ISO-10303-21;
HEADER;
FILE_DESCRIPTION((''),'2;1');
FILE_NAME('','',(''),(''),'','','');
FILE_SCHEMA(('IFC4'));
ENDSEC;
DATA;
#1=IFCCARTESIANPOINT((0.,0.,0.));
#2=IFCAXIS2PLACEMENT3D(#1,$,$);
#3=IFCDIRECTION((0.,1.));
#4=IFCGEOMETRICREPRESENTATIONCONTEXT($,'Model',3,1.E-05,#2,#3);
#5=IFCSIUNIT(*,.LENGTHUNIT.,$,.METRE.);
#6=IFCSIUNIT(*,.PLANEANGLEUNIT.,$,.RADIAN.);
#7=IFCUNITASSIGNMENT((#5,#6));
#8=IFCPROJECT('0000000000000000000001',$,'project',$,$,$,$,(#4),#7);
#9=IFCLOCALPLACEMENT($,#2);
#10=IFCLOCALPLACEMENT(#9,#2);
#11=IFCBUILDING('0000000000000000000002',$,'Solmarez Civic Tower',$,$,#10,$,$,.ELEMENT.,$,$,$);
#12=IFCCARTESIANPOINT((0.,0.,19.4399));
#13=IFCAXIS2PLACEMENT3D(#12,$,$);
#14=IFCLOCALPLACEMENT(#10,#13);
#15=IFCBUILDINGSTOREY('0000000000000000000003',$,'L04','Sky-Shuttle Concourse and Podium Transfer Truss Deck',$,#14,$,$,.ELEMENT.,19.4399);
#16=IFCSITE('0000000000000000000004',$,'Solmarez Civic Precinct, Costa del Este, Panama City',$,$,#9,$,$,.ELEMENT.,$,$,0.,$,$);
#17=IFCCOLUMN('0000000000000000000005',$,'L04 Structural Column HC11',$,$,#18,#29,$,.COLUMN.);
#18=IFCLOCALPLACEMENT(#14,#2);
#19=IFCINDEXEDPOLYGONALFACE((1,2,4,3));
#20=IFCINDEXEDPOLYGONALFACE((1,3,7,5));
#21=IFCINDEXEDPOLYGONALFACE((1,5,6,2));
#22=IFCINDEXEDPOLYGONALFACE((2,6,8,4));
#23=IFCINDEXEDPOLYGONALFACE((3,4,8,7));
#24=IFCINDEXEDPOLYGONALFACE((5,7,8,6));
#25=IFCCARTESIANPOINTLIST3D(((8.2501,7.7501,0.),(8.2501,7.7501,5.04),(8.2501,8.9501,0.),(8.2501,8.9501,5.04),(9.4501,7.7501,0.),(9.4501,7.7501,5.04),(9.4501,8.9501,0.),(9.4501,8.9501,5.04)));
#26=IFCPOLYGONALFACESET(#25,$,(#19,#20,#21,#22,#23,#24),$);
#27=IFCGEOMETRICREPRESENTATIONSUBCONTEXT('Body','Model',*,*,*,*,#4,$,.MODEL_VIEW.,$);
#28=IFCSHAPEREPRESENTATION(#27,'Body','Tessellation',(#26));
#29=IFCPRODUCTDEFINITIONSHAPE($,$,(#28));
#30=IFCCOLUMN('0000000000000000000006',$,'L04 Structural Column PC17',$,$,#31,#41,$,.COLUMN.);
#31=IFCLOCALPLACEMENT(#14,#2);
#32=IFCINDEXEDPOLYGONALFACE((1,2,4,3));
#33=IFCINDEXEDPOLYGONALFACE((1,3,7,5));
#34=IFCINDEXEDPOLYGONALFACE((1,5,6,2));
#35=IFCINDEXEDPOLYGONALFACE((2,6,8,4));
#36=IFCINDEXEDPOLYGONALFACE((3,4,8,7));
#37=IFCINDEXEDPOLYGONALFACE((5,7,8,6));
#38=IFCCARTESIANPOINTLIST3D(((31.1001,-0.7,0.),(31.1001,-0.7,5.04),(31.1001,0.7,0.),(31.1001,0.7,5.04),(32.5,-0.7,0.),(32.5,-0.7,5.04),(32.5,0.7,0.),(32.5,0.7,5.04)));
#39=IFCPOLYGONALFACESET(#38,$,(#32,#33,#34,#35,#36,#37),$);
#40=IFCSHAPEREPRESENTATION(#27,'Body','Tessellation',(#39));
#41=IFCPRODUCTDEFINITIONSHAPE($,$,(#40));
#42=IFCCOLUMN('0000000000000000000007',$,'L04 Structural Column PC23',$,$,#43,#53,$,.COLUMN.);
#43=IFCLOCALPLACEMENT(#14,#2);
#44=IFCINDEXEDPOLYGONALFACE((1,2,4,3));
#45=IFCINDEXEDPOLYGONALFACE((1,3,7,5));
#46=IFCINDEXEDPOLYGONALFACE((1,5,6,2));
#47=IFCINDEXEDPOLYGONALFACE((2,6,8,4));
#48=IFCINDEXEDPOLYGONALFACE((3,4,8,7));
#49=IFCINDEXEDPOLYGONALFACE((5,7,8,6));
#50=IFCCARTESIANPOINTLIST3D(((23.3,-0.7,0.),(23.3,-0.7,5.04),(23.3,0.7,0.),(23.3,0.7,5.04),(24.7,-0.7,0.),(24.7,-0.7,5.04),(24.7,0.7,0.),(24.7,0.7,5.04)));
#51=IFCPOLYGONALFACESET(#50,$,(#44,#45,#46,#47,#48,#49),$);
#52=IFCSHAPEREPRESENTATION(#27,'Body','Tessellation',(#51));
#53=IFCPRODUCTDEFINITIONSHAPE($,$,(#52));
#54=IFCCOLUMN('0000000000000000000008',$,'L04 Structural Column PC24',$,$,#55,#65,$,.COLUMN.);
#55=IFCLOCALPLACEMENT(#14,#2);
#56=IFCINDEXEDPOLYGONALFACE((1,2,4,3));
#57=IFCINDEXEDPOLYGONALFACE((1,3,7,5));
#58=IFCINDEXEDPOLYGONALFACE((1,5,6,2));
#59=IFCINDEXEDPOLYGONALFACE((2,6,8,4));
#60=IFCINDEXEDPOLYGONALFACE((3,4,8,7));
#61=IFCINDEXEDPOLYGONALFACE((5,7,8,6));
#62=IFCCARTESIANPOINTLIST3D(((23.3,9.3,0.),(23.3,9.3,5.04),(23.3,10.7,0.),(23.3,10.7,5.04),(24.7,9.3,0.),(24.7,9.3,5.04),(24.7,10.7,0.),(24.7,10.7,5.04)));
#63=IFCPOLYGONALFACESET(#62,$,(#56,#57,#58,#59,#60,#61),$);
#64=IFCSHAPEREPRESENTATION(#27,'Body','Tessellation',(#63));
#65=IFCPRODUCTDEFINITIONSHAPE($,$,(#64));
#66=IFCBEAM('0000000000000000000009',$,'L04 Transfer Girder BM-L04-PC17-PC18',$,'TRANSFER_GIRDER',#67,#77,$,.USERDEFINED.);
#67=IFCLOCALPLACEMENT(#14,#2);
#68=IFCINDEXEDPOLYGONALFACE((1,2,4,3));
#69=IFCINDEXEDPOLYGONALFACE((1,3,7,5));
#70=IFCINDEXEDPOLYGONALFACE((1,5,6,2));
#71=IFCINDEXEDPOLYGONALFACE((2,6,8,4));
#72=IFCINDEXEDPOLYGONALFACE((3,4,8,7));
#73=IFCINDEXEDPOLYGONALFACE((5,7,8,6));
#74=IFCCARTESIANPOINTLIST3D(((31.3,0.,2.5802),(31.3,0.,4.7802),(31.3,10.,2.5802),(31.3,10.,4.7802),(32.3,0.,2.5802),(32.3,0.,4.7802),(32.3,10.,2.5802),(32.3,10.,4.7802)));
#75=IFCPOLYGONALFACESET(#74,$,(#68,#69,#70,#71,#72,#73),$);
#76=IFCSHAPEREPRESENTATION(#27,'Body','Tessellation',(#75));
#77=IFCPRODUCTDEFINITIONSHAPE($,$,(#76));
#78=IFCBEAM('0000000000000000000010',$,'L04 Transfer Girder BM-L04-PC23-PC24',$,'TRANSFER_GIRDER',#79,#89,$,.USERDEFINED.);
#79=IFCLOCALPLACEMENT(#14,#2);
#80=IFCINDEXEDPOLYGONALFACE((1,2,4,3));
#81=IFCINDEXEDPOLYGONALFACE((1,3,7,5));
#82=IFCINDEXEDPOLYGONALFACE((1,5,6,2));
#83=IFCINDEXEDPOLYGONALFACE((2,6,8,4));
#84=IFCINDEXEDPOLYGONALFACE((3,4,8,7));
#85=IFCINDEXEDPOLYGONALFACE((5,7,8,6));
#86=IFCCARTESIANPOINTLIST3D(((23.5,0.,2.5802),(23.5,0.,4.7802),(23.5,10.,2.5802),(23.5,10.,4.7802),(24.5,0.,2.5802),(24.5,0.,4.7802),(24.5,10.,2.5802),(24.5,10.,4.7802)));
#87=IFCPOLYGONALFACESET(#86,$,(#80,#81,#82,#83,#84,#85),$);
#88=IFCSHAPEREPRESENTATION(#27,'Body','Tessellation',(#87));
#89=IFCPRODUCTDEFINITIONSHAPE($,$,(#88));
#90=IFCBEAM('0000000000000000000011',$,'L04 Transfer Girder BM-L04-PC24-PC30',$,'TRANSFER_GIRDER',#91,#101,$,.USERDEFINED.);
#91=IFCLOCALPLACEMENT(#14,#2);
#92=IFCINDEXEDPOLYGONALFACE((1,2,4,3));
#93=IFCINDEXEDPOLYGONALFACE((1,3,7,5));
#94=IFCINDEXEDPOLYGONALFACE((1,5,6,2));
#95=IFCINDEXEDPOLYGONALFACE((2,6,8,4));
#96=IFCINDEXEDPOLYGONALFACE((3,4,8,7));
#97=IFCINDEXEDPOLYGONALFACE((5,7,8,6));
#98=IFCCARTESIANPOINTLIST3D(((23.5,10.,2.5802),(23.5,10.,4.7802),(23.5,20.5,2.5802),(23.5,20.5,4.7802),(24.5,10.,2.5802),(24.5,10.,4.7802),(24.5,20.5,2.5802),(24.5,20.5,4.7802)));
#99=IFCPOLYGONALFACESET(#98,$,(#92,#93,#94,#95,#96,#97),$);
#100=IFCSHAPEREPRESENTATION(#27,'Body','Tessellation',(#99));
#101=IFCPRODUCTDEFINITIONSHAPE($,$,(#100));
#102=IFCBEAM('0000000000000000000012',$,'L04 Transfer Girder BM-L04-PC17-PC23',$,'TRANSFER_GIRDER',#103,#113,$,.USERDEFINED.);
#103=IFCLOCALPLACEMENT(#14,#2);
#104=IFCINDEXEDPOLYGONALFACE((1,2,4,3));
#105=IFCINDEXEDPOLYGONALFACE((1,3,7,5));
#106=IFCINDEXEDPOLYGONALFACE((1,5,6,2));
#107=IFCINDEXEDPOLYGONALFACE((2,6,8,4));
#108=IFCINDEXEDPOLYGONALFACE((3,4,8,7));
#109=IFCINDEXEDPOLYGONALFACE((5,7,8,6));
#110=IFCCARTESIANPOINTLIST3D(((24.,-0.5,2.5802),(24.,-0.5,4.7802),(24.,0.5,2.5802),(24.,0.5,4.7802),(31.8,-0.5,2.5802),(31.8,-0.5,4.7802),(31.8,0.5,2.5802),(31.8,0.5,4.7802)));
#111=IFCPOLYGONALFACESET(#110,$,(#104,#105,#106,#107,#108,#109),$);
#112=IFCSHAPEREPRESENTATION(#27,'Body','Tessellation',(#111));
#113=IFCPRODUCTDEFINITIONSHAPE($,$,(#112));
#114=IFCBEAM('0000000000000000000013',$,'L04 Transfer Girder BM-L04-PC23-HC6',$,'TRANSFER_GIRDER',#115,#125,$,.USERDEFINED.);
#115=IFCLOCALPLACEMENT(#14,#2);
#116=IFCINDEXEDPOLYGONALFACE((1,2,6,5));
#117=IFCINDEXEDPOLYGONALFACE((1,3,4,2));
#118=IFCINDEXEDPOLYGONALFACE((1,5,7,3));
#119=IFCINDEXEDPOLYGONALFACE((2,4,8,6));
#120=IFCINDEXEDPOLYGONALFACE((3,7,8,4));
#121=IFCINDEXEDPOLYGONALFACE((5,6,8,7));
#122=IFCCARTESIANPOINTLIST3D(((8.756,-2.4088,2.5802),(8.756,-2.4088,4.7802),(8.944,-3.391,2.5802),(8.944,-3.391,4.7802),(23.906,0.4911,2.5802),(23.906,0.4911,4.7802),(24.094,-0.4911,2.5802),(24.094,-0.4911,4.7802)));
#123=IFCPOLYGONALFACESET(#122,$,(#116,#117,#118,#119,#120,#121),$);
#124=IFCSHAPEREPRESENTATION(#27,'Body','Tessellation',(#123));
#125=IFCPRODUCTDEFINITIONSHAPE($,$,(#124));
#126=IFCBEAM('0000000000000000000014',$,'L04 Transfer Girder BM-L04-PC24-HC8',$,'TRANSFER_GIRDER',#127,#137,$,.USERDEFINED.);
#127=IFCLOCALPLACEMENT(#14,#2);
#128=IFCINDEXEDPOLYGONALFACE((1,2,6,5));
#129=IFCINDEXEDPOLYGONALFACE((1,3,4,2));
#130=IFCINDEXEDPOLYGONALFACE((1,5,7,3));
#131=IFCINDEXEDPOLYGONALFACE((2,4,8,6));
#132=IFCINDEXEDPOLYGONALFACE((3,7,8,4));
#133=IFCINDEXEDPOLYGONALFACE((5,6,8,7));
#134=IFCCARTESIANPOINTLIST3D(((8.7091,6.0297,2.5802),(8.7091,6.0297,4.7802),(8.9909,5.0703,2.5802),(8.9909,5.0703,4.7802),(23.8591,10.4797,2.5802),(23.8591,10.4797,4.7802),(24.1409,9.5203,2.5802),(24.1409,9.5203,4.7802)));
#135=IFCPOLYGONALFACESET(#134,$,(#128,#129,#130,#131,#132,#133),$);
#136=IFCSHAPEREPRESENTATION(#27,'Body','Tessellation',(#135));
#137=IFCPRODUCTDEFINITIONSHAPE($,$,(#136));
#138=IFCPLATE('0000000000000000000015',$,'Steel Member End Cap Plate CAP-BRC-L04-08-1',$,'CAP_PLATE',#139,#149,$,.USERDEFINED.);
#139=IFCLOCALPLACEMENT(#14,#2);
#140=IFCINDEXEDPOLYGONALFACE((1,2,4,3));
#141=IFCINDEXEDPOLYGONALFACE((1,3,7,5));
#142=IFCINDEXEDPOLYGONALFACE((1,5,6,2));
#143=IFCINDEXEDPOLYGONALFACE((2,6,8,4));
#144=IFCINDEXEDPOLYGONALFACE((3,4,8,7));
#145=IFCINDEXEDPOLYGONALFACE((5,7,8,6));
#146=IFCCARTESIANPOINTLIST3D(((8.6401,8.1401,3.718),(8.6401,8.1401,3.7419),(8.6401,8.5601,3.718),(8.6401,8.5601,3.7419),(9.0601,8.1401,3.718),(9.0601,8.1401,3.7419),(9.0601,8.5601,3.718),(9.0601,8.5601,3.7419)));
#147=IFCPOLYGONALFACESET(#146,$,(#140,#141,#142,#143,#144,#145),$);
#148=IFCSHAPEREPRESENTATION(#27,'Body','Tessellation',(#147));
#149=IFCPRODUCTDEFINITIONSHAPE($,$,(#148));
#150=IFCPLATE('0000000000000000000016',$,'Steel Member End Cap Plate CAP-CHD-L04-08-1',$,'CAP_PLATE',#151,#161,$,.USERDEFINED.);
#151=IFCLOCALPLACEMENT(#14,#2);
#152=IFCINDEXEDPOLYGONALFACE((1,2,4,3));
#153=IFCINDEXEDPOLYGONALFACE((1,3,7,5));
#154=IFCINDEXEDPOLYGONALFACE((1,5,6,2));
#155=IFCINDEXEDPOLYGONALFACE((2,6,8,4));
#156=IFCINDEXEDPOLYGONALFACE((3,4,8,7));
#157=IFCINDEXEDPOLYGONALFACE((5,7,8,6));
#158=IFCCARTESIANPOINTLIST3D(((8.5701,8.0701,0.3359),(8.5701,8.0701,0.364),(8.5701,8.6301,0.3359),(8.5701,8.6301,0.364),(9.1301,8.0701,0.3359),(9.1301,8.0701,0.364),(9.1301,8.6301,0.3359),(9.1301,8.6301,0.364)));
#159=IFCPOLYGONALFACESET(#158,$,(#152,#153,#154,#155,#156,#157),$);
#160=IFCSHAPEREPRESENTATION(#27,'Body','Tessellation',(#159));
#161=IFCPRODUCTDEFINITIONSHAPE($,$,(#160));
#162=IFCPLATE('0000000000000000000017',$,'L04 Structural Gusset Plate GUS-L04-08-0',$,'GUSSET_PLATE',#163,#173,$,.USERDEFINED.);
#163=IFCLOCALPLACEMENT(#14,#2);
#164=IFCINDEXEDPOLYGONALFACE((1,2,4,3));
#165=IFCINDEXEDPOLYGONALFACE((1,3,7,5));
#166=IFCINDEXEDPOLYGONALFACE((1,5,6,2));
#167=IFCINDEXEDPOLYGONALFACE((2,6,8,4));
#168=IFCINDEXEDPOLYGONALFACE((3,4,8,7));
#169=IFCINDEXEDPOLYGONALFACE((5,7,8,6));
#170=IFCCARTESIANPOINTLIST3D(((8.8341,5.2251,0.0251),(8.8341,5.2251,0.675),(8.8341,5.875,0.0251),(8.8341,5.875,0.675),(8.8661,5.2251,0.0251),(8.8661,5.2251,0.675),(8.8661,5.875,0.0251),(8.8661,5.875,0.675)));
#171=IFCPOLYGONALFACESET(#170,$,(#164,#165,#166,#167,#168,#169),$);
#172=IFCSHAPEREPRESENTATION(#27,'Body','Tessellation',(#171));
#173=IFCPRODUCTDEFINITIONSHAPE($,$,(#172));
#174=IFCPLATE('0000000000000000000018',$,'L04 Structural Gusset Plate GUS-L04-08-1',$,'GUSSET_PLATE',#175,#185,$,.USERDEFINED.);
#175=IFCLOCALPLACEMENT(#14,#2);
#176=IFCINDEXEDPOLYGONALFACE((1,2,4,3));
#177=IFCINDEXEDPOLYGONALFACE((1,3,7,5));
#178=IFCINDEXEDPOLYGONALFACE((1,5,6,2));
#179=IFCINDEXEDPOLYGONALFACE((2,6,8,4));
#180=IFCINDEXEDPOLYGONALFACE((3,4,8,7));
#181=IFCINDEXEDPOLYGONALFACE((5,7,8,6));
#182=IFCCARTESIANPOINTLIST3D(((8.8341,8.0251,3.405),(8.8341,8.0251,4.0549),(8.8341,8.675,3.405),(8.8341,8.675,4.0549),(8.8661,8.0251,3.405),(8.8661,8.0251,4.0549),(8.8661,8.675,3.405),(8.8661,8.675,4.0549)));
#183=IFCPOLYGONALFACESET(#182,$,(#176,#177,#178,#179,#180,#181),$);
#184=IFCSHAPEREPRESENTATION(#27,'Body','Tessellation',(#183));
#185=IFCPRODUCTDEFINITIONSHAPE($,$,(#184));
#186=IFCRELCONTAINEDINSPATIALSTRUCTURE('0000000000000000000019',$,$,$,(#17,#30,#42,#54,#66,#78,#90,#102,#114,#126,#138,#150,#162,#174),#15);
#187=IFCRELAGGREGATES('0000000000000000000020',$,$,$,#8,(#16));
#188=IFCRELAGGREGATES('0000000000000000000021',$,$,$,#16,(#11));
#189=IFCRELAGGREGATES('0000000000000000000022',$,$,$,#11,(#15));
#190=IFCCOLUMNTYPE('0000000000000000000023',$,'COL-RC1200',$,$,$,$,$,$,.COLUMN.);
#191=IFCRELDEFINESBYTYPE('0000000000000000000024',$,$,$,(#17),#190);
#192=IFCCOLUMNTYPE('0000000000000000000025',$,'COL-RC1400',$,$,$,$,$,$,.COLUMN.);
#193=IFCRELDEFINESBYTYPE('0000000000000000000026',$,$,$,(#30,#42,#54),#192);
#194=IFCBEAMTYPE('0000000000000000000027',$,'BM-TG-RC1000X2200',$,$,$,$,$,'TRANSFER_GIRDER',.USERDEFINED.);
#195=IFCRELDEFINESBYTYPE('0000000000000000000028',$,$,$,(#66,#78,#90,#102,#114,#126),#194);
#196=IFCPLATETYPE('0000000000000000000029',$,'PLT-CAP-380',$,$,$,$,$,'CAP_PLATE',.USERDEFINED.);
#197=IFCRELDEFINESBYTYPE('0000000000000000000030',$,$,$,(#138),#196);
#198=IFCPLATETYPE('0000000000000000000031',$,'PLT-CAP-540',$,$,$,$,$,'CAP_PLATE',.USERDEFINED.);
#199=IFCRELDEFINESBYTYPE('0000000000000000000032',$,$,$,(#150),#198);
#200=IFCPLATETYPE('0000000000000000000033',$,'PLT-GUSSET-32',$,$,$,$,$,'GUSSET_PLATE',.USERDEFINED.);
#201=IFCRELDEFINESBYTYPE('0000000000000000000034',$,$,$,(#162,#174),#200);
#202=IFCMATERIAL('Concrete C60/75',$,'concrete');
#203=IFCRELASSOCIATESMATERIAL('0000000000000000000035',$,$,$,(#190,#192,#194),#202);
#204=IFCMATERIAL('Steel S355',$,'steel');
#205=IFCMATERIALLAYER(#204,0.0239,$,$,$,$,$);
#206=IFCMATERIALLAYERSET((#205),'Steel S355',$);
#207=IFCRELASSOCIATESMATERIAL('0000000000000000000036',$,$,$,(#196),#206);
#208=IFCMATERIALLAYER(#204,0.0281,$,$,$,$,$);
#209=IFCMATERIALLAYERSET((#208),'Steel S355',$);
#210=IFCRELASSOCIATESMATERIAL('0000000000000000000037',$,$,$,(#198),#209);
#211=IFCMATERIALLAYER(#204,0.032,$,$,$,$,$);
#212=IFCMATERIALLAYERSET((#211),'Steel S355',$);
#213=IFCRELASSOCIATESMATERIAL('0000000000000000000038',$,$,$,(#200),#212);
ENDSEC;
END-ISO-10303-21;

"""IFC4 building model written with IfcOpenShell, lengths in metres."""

from ifc_helpers import new_model, si_unit, direction, frame, origin, origin_2d, place, context, subcontext, project, spatial, rectangle, extrude, material, layer, layer_set, material_profile, profile_set, type_object, element, save


model = new_model("IFC4")

# Units and contexts
model_context = context("Model", 3, precision=1e-05, world=origin(), true_north=direction((0.0, 1.0)))
body_context = subcontext(model_context, "Body", "Model", "MODEL_VIEW")
ifc_project = project(units=[si_unit("LENGTHUNIT", "METRE"), si_unit("PLANEANGLEUNIT", "RADIAN")], contexts=[model_context])

# Site, building, storey
site_placement = place(None, origin())
site = spatial("IfcSite", under=ifc_project, at=site_placement, Name="Solmarez Civic Precinct, Costa del Este, Panama City", CompositionType="ELEMENT", RefElevation=0.0)
building_placement = place(site_placement, origin())
building = spatial("IfcBuilding", under=site, at=building_placement, Name="Solmarez Civic Tower", CompositionType="ELEMENT")
storey_placement = place(building_placement, frame((0.0, 0.0, 19.4399)))
storey = spatial("IfcBuildingStorey", under=building, at=storey_placement, Name="L04", Description="Sky-Shuttle Concourse and Podium Transfer Truss Deck", CompositionType="ELEMENT", Elevation=19.4399)

# Columns
ifc_material_1 = material(Name="Concrete C60/75", Category="concrete")
ifc_material_profile_1 = material_profile(ifc_material_1, rectangle(XDim=1.2, YDim=1.2, at=origin_2d()), Name="RC1200X1200")
ifc_profile_set_1 = profile_set([ifc_material_profile_1], Name="Concrete C60/75")
column_type_1 = type_object("IfcColumnType", Name="COL-RC1200", PredefinedType="COLUMN", material=ifc_profile_set_1)
column_placement = place(storey_placement, frame((8.8501, 8.3501, 0.0), z_axis=(0.0, 0.0, 1.0), x_axis=(1.0, 0.0, 0.0)))
element("IfcColumn", 1, at=column_placement, inside=storey, type_object=column_type_1, Name="L04 Structural Column HC11", PredefinedType="COLUMN", context=body_context, shape_type="SweptSolid", body=[
    extrude(rectangle(XDim=1.2, YDim=1.2, at=origin_2d()), origin(), (0.0, 0.0, 1.0), 5.04),
])
ifc_material_profile_2 = material_profile(ifc_material_1, rectangle(XDim=1.3999, YDim=1.3999, at=origin_2d()), Name="RC1400X1400")
ifc_profile_set_2 = profile_set([ifc_material_profile_2], Name="Concrete C60/75")
column_type_2 = type_object("IfcColumnType", Name="COL-RC1400", PredefinedType="COLUMN", material=ifc_profile_set_2)
for number, where, z_axis, x_axis, name in (
    (2, (31.8, 0.0, 0.0), (0.0, 0.0, 1.0), (1.0, 0.0, 0.0), "L04 Structural Column PC17"),
    (3, (24.0, 0.0, 0.0), (0.0, 0.0, 1.0), (1.0, 0.0, 0.0), "L04 Structural Column PC23"),
    (4, (24.0, 10.0, 0.0), (0.0, 0.0, 1.0), (1.0, 0.0, 0.0), "L04 Structural Column PC24"),
):
    element("IfcColumn", number, at=place(storey_placement, frame(where, z_axis=z_axis, x_axis=x_axis)), inside=storey, type_object=column_type_2, Name=name, PredefinedType="COLUMN", context=body_context, shape_type="SweptSolid", body=[
        extrude(rectangle(XDim=1.3999, YDim=1.3999, at=origin_2d()), origin(), (0.0, 0.0, 1.0), 5.04),
    ])

# Beams
ifc_material_profile_3 = material_profile(ifc_material_1, rectangle(XDim=1.0, YDim=2.2, at=origin_2d()), Name="RC1000X2200")
ifc_profile_set_3 = profile_set([ifc_material_profile_3], Name="Concrete C60/75")
beam_type = type_object("IfcBeamType", Name="BM-TG-RC1000X2200", ElementType="TRANSFER_GIRDER", PredefinedType="USERDEFINED", material=ifc_profile_set_3)
for number, where, z_axis, x_axis, name in (
    (5, (31.8, 0.0, 3.6802), (0.0, 1.0, 0.0), (-1.0, 0.0, 0.0), "L04 Transfer Girder BM-L04-PC17-PC18"),
    (6, (24.0, 0.0, 3.6802), (0.0, 1.0, 0.0), (-1.0, 0.0, 0.0), "L04 Transfer Girder BM-L04-PC23-PC24"),
):
    element("IfcBeam", number, at=place(storey_placement, frame(where, z_axis=z_axis, x_axis=x_axis)), inside=storey, type_object=beam_type, Name=name, ObjectType="TRANSFER_GIRDER", PredefinedType="USERDEFINED", context=body_context, shape_type="SweptSolid", body=[
        extrude(rectangle(XDim=1.0, YDim=2.2, at=origin_2d()), origin(), (0.0, 0.0, 1.0), 10.0),
    ])
beam_1_placement = place(storey_placement, frame((24.0, 10.0, 3.6802), z_axis=(0.0, 1.0, 0.0), x_axis=(-1.0, 0.0, 0.0)))
element("IfcBeam", 7, at=beam_1_placement, inside=storey, type_object=beam_type, Name="L04 Transfer Girder BM-L04-PC24-PC30", ObjectType="TRANSFER_GIRDER", PredefinedType="USERDEFINED", context=body_context, shape_type="SweptSolid", body=[
    extrude(rectangle(XDim=1.0, YDim=2.2, at=origin_2d()), origin(), (0.0, 0.0, 1.0), 10.5),
])
beam_2_placement = place(storey_placement, frame((31.8, 0.0, 3.6802), z_axis=(-1.0, 0.0, 0.0), x_axis=(0.0, -1.0, 0.0)))
element("IfcBeam", 8, at=beam_2_placement, inside=storey, type_object=beam_type, Name="L04 Transfer Girder BM-L04-PC17-PC23", ObjectType="TRANSFER_GIRDER", PredefinedType="USERDEFINED", context=body_context, shape_type="SweptSolid", body=[
    extrude(rectangle(XDim=1.0, YDim=2.2, at=origin_2d()), origin(), (0.0, 0.0, 1.0), 7.8),
])
beam_3_placement = place(storey_placement, frame((24.0, 0.0, 3.6802), z_axis=(-0.982169, -0.188001, 0.0), x_axis=(0.188001, -0.982169, 0.0)))
element("IfcBeam", 9, at=beam_3_placement, inside=storey, type_object=beam_type, Name="L04 Transfer Girder BM-L04-PC23-HC6", ObjectType="TRANSFER_GIRDER", PredefinedType="USERDEFINED", context=body_context, shape_type="SweptSolid", body=[
    extrude(rectangle(XDim=1.0, YDim=2.2, at=origin_2d()), origin(), (0.0, 0.0, 1.0), 15.425),
])
beam_4_placement = place(storey_placement, frame((24.0, 10.0, 3.6802), z_axis=(-0.959467, -0.281822, 0.0), x_axis=(0.281822, -0.959467, 0.0)))
element("IfcBeam", 10, at=beam_4_placement, inside=storey, type_object=beam_type, Name="L04 Transfer Girder BM-L04-PC24-HC8", ObjectType="TRANSFER_GIRDER", PredefinedType="USERDEFINED", context=body_context, shape_type="SweptSolid", body=[
    extrude(rectangle(XDim=1.0, YDim=2.2, at=origin_2d()), origin(), (0.0, 0.0, 1.0), 15.79),
])

# Plates
ifc_material_2 = material(Name="Steel S355", Category="steel")
ifc_layer_1 = layer(ifc_material_2, 0.0239)
ifc_layer_set_1 = layer_set([ifc_layer_1], Name="Steel S355")
plate_type_1 = type_object("IfcPlateType", Name="PLT-CAP-380", ElementType="CAP_PLATE", PredefinedType="USERDEFINED", material=ifc_layer_set_1)
plate_1_placement = place(storey_placement, frame((8.8501, 8.3501, 3.718), z_axis=(0.0, 0.0, 1.0), x_axis=(1.0, 0.0, 0.0)))
element("IfcPlate", 11, at=plate_1_placement, inside=storey, type_object=plate_type_1, Name="Steel Member End Cap Plate CAP-BRC-L04-08-1", ObjectType="CAP_PLATE", PredefinedType="USERDEFINED", context=body_context, shape_type="SweptSolid", body=[
    extrude(rectangle(XDim=0.4199, YDim=0.4199, at=origin_2d()), origin(), (0.0, 0.0, 1.0), 0.0239),
])
ifc_layer_2 = layer(ifc_material_2, 0.0281)
ifc_layer_set_2 = layer_set([ifc_layer_2], Name="Steel S355")
plate_type_2 = type_object("IfcPlateType", Name="PLT-CAP-540", ElementType="CAP_PLATE", PredefinedType="USERDEFINED", material=ifc_layer_set_2)
plate_2_placement = place(storey_placement, frame((8.8501, 8.3501, 0.3359), z_axis=(0.0, 0.0, 1.0), x_axis=(1.0, 0.0, 0.0)))
element("IfcPlate", 12, at=plate_2_placement, inside=storey, type_object=plate_type_2, Name="Steel Member End Cap Plate CAP-CHD-L04-08-1", ObjectType="CAP_PLATE", PredefinedType="USERDEFINED", context=body_context, shape_type="SweptSolid", body=[
    extrude(rectangle(XDim=0.5601, YDim=0.5601, at=origin_2d()), origin(), (0.0, 0.0, 1.0), 0.0281),
])
ifc_layer_3 = layer(ifc_material_2, 0.032)
ifc_layer_set_3 = layer_set([ifc_layer_3], Name="Steel S355")
plate_type_3 = type_object("IfcPlateType", Name="PLT-GUSSET-32", ElementType="GUSSET_PLATE", PredefinedType="USERDEFINED", material=ifc_layer_set_3)
for number, where, z_axis, x_axis, name in (
    (13, (8.8501, 5.55, 0.0251), (0.0, 0.0, 1.0), (0.0, 1.0, 0.0), "L04 Structural Gusset Plate GUS-L04-08-0"),
    (14, (8.8501, 8.3501, 3.405), (0.0, 0.0, 1.0), (0.0, 1.0, 0.0), "L04 Structural Gusset Plate GUS-L04-08-1"),
):
    element("IfcPlate", number, at=place(storey_placement, frame(where, z_axis=z_axis, x_axis=x_axis)), inside=storey, type_object=plate_type_3, Name=name, ObjectType="GUSSET_PLATE", PredefinedType="USERDEFINED", context=body_context, shape_type="SweptSolid", body=[
        extrude(rectangle(XDim=0.6499, YDim=0.032, at=origin_2d()), origin(), (0.0, 0.0, 1.0), 0.6499),
    ])

save(model, "model.ifc")
